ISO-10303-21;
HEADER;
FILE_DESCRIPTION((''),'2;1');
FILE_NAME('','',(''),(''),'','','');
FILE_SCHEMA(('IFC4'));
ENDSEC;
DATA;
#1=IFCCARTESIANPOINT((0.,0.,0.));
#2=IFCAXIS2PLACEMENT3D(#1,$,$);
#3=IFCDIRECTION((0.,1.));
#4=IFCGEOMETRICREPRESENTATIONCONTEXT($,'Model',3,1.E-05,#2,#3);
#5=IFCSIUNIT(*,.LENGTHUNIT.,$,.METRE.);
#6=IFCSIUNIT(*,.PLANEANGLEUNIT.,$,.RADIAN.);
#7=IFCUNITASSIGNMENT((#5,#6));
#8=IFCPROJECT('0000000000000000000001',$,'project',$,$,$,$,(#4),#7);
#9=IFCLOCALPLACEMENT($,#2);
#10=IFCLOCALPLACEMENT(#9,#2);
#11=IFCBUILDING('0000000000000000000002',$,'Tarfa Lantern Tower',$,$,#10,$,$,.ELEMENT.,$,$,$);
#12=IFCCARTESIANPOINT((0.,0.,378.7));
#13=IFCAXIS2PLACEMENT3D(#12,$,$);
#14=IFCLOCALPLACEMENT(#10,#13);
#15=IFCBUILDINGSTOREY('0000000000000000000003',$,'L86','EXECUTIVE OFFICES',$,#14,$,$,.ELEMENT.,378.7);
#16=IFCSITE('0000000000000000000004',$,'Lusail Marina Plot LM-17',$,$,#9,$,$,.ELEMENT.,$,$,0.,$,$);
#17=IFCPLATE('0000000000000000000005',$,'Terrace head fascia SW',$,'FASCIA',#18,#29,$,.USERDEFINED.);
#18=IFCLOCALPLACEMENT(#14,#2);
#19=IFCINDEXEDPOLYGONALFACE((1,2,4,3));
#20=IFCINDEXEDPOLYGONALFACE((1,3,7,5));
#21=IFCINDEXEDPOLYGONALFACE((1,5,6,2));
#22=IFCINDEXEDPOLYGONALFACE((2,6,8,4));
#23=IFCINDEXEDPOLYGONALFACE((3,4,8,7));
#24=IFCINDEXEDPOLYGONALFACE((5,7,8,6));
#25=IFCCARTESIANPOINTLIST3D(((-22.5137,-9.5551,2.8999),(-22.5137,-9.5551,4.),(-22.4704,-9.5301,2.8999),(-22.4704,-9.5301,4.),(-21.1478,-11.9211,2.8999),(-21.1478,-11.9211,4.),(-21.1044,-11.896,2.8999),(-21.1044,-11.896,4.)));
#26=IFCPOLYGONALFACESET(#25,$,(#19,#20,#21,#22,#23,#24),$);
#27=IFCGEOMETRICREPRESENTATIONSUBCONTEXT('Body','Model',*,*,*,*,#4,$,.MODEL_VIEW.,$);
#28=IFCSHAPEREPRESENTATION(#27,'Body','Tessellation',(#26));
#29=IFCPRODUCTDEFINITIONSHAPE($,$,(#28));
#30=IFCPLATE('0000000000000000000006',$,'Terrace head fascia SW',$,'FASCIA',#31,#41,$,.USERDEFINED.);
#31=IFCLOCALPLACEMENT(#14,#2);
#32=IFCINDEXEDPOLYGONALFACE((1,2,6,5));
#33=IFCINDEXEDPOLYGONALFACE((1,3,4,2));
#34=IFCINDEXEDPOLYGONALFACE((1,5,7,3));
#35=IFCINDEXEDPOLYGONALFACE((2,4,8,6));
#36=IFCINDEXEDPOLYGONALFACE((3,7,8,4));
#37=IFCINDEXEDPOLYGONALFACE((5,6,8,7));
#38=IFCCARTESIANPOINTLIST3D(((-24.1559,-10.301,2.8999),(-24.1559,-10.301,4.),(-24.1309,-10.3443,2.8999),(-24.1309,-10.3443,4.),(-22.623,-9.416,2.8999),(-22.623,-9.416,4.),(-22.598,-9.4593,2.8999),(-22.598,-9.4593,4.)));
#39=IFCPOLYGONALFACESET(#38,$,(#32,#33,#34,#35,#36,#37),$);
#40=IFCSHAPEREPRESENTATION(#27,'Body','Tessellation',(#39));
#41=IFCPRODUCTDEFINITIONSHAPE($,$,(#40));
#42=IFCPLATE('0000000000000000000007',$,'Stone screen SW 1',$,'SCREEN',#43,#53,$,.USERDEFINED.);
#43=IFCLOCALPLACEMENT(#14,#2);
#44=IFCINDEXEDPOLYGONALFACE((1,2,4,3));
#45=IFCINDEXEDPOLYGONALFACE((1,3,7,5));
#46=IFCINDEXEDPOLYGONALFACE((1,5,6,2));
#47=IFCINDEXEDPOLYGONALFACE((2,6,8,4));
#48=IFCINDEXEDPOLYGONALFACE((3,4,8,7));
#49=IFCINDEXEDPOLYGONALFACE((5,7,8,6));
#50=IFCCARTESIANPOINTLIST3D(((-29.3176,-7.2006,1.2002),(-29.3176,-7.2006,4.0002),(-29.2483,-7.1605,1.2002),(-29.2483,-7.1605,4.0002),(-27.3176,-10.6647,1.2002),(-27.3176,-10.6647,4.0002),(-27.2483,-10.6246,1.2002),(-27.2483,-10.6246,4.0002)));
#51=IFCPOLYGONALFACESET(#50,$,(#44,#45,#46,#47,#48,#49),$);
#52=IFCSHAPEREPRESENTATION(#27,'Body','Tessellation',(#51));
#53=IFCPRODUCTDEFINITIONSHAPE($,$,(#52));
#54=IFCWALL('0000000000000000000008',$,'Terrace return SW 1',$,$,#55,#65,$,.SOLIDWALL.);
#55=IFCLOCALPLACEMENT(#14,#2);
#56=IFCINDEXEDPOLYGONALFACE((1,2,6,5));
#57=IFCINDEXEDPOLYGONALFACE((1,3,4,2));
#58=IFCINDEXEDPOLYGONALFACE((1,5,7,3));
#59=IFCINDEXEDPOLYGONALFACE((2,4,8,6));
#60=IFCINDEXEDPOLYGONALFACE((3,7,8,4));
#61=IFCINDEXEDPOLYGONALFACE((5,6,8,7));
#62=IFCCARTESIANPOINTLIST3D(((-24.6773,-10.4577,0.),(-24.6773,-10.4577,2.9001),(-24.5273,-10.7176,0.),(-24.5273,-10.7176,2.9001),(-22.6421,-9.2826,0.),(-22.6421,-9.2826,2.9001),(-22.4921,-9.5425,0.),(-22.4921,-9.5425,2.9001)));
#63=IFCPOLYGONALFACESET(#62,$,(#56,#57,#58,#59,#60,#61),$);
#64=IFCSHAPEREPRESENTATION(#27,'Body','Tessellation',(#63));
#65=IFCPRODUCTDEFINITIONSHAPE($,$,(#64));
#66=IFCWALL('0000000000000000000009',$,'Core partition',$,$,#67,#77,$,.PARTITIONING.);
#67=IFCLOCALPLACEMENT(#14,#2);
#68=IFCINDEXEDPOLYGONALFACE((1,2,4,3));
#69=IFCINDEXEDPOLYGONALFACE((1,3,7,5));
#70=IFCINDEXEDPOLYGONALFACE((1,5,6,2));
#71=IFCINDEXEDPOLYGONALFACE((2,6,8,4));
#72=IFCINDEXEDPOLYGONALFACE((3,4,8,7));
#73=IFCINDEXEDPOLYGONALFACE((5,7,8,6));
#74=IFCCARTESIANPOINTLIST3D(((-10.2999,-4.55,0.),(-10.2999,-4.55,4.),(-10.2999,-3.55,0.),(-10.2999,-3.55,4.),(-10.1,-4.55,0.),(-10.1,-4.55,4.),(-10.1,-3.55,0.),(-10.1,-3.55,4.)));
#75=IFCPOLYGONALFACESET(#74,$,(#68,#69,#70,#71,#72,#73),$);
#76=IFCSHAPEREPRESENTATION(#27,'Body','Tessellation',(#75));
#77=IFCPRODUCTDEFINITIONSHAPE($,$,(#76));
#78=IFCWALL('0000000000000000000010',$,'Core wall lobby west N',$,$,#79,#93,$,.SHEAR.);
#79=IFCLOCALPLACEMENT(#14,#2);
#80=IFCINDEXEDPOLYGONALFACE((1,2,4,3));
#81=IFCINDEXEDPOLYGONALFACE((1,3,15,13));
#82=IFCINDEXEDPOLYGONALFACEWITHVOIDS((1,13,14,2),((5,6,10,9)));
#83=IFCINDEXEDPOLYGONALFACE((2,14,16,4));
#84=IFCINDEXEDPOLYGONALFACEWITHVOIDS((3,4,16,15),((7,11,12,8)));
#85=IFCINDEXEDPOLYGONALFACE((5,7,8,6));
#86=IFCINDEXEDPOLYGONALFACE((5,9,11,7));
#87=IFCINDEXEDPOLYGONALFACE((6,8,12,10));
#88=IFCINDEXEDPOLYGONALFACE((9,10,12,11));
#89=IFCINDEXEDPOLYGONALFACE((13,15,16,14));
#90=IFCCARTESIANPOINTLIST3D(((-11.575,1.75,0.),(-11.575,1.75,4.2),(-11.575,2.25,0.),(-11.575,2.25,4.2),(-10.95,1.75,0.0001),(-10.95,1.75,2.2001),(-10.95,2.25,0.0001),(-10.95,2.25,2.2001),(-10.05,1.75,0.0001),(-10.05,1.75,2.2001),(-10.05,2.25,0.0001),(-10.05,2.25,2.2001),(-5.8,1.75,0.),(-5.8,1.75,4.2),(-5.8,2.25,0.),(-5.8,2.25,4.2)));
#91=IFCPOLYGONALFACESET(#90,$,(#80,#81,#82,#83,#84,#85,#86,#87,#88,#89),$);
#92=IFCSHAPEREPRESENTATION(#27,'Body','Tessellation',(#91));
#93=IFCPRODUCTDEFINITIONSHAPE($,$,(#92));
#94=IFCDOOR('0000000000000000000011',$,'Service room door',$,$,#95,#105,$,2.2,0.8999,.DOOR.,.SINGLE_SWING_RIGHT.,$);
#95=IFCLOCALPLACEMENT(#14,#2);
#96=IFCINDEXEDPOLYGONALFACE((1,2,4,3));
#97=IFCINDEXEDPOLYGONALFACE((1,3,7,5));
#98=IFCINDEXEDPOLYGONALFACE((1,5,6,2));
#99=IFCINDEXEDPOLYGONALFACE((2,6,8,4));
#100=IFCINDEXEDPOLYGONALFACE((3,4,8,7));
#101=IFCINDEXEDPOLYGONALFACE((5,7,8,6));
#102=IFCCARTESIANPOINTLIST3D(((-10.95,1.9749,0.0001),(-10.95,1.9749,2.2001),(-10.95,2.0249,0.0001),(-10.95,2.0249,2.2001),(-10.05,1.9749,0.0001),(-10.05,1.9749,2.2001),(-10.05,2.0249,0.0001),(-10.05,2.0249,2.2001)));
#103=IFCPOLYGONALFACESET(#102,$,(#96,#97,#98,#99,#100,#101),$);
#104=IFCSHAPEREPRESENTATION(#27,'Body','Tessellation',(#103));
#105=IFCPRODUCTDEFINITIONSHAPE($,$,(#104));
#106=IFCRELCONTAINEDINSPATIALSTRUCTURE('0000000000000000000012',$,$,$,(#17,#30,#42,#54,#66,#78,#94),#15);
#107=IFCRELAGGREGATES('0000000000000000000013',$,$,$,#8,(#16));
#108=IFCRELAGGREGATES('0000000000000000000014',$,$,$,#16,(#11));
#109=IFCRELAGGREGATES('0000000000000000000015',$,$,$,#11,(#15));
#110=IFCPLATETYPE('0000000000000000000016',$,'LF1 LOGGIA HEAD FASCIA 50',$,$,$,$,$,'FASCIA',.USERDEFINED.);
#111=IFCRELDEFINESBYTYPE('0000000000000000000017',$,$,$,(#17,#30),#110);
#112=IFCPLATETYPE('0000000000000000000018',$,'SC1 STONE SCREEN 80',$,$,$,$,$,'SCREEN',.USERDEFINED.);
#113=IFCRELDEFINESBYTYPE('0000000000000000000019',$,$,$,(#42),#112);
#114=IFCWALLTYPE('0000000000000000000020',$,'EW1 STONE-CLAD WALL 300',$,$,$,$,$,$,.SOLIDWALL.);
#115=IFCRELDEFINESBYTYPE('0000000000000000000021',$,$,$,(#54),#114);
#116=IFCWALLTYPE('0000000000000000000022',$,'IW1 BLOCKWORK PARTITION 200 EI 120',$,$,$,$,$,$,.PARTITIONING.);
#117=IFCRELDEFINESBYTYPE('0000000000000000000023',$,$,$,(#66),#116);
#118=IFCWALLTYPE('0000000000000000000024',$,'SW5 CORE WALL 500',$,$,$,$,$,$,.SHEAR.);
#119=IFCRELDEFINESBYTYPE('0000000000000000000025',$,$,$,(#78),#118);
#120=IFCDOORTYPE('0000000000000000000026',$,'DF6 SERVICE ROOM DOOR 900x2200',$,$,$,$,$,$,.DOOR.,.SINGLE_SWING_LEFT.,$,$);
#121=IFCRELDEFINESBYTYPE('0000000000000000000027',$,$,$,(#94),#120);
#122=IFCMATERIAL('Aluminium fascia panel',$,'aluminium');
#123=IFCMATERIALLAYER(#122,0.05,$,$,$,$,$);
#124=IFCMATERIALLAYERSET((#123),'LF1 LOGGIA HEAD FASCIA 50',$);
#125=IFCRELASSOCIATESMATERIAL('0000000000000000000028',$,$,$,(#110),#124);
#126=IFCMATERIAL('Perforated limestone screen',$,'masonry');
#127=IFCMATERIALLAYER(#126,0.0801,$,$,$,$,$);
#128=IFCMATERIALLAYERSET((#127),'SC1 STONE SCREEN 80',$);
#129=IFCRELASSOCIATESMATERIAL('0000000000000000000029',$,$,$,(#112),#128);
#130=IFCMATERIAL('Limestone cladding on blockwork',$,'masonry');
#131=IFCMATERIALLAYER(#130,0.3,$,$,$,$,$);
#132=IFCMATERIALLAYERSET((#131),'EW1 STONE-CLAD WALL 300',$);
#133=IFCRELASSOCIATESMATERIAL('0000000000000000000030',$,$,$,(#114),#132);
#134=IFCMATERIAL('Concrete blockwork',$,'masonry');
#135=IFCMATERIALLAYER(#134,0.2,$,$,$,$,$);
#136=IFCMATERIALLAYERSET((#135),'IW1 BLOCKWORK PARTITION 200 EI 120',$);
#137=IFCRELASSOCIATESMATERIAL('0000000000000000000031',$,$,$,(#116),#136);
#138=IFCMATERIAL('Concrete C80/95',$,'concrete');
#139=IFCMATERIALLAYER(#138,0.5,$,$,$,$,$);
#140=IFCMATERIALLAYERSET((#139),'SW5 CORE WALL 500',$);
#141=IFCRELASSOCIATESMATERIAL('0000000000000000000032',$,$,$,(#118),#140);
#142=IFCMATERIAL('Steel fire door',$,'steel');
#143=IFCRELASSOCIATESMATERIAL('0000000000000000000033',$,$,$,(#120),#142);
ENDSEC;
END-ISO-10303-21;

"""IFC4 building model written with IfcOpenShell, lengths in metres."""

from ifc_helpers import new_model, si_unit, direction, frame, frame_2d, origin, origin_2d, place, context, subcontext, project, spatial, rectangle, extrude, material, layer, layer_set, type_object, element, fill, save


model = new_model("IFC4")

# Units and contexts
model_context = context("Model", 3, precision=1e-05, world=origin(), true_north=direction((0.0, 1.0)))
body_context = subcontext(model_context, "Body", "Model", "MODEL_VIEW")
ifc_project = project(units=[si_unit("LENGTHUNIT", "METRE"), si_unit("PLANEANGLEUNIT", "RADIAN")], contexts=[model_context])

# Site, building, storey
site_placement = place(None, origin())
site = spatial("IfcSite", under=ifc_project, at=site_placement, Name="Lusail Marina Plot LM-17", CompositionType="ELEMENT", RefElevation=0.0)
building_placement = place(site_placement, origin())
building = spatial("IfcBuilding", under=site, at=building_placement, Name="Tarfa Lantern Tower", CompositionType="ELEMENT")
storey_placement = place(building_placement, frame((0.0, 0.0, 378.7)))
storey = spatial("IfcBuildingStorey", under=building, at=storey_placement, Name="L86", Description="EXECUTIVE OFFICES", CompositionType="ELEMENT", Elevation=378.7)

# Shared definitions
ifc_material_1 = material(Name="Concrete C80/95", Category="concrete")

# Plates
ifc_material_2 = material(Name="Aluminium fascia panel", Category="aluminium")
ifc_layer_1 = layer(ifc_material_2, 0.05)
ifc_layer_set_1 = layer_set([ifc_layer_1], Name="LF1 LOGGIA HEAD FASCIA 50")
plate_type_1 = type_object("IfcPlateType", Name="LF1 LOGGIA HEAD FASCIA 50", ElementType="FASCIA", PredefinedType="USERDEFINED", material=ifc_layer_set_1)
plate_1_placement = place(storey_placement, frame((-21.8091, -10.7256, 2.8999), z_axis=(0.0, 0.0, 1.0), x_axis=(0.5, -0.866025, 0.0)))
element("IfcPlate", 1, at=plate_1_placement, inside=storey, type_object=plate_type_1, Name="Terrace head fascia SW", ObjectType="FASCIA", PredefinedType="USERDEFINED", context=body_context, shape_type="SweptSolid", body=[
    extrude(rectangle(XDim=2.7319, YDim=0.05, at=origin_2d()), origin(), (0.0, 0.0, 1.0), 1.1001),
])
plate_2_placement = place(storey_placement, frame((-23.377, -9.8801, 2.8999), z_axis=(0.0, 0.0, 1.0), x_axis=(0.866025, 0.5, 0.0)))
element("IfcPlate", 2, at=plate_2_placement, inside=storey, type_object=plate_type_1, Name="Terrace head fascia SW", ObjectType="FASCIA", PredefinedType="USERDEFINED", context=body_context, shape_type="SweptSolid", body=[
    extrude(rectangle(XDim=1.77, YDim=0.05, at=origin_2d()), origin(), (0.0, 0.0, 1.0), 1.1001),
])
ifc_material_3 = material(Name="Perforated limestone screen", Category="masonry")
ifc_layer_2 = layer(ifc_material_3, 0.0801)
ifc_layer_set_2 = layer_set([ifc_layer_2], Name="SC1 STONE SCREEN 80")
plate_type_2 = type_object("IfcPlateType", Name="SC1 STONE SCREEN 80", ElementType="SCREEN", PredefinedType="USERDEFINED", material=ifc_layer_set_2)
plate_3_placement = place(storey_placement, frame((-28.283, -8.9126, 1.2002), z_axis=(0.0, 0.0, 1.0), x_axis=(0.5, -0.866025, 0.0)))
element("IfcPlate", 3, at=plate_3_placement, inside=storey, type_object=plate_type_2, Name="Stone screen SW 1", ObjectType="SCREEN", PredefinedType="USERDEFINED", context=body_context, shape_type="SweptSolid", body=[
    extrude(rectangle(XDim=4.0, YDim=0.0801, at=origin_2d()), origin(), (0.0, 0.0, 1.0), 2.8),
])

# Shared definitions
ifc_material_4 = material(Name="Limestone cladding on blockwork", Category="masonry")
ifc_layer_3 = layer(ifc_material_4, 0.3)
ifc_layer_set_3 = layer_set([ifc_layer_3], Name="EW1 STONE-CLAD WALL 300")
wall_type_1 = type_object("IfcWallType", Name="EW1 STONE-CLAD WALL 300", PredefinedType="SOLIDWALL", material=ifc_layer_set_3)

# Wall
wall_1_placement = place(storey_placement, frame((-24.6023, -10.5876, 0.0), z_axis=(0.0, 0.0, 1.0), x_axis=(0.866016, 0.500016, 0.0)))
element("IfcWall", 4, at=wall_1_placement, inside=storey, type_object=wall_type_1, Name="Terrace return SW 1", PredefinedType="SOLIDWALL", context=body_context, shape_type="SweptSolid", body=[
    extrude(rectangle(XDim=2.3501, YDim=0.3, at=frame_2d((1.175, 0.0))), origin(), (0.0, 0.0, 1.0), 2.9001),
])

# Wall
ifc_material_5 = material(Name="Concrete blockwork", Category="masonry")
ifc_layer_4 = layer(ifc_material_5, 0.2)
ifc_layer_set_4 = layer_set([ifc_layer_4], Name="IW1 BLOCKWORK PARTITION 200 EI 120")
wall_type_2 = type_object("IfcWallType", Name="IW1 BLOCKWORK PARTITION 200 EI 120", PredefinedType="PARTITIONING", material=ifc_layer_set_4)
wall_2_placement = place(storey_placement, frame((-10.2, -3.55, 0.0), z_axis=(0.0, 0.0, 1.0), x_axis=(0.0, -1.0, 0.0)))
element("IfcWall", 5, at=wall_2_placement, inside=storey, type_object=wall_type_2, Name="Core partition", PredefinedType="PARTITIONING", context=body_context, shape_type="SweptSolid", body=[
    extrude(rectangle(XDim=1.0, YDim=0.2, at=frame_2d((0.5, 0.0))), origin(), (0.0, 0.0, 1.0), 4.0),
])

# Wall, opening, door
ifc_layer_5 = layer(ifc_material_1, 0.5)
ifc_layer_set_5 = layer_set([ifc_layer_5], Name="SW5 CORE WALL 500")
wall_type_3 = type_object("IfcWallType", Name="SW5 CORE WALL 500", PredefinedType="SHEAR", material=ifc_layer_set_5)
wall_3_placement = place(storey_placement, frame((-11.575, 2.0, 0.0), z_axis=(0.0, 0.0, 1.0), x_axis=(1.0, 0.0, 0.0)))
wall_3 = element("IfcWall", 6, at=wall_3_placement, inside=storey, type_object=wall_type_3, Name="Core wall lobby west N", PredefinedType="SHEAR", context=body_context, shape_type="SweptSolid", body=[
    extrude(rectangle(XDim=5.7749, YDim=0.5, at=frame_2d((2.8875, 0.0))), origin(), (0.0, 0.0, 1.0), 4.2),
])
opening_1_placement = place(wall_3_placement, frame((0.625, 0.0, 0.0)))
opening_1 = element("IfcOpeningElement", 7, at=opening_1_placement, cuts=wall_3, PredefinedType="OPENING", context=body_context, shape_type="SweptSolid", body=[
    extrude(rectangle(XDim=0.8999, YDim=2.2, at=frame_2d((0.45, 1.1001))), frame((0.0, 0.26, 0.0), z_axis=(0.0, -1.0, 0.0), x_axis=(1.0, 0.0, 0.0)), (0.0, 0.0, 1.0), 0.52),
])
ifc_material_6 = material(Name="Steel fire door", Category="steel")
door_type_1 = type_object("IfcDoorType", Name="DF6 SERVICE ROOM DOOR 900x2200", OperationType="SINGLE_SWING_LEFT", PredefinedType="DOOR", material=ifc_material_6)
door_1_placement = place(opening_1_placement, origin())
door_1 = element("IfcDoor", 8, at=door_1_placement, inside=storey, type_object=door_type_1, Name="Service room door", OperationType="SINGLE_SWING_RIGHT", OverallHeight=2.2, OverallWidth=0.8999, PredefinedType="DOOR", context=body_context, shape_type="SweptSolid", body=[
    extrude(rectangle(XDim=0.8999, YDim=2.2, at=frame_2d((0.45, 1.1001))), frame((0.0, 0.0249, 0.0), z_axis=(0.0, -1.0, 0.0), x_axis=(1.0, 0.0, 0.0)), (0.0, 0.0, 1.0), 0.05),
])
fill(opening_1, door_1)

save(model, "model.ifc")
